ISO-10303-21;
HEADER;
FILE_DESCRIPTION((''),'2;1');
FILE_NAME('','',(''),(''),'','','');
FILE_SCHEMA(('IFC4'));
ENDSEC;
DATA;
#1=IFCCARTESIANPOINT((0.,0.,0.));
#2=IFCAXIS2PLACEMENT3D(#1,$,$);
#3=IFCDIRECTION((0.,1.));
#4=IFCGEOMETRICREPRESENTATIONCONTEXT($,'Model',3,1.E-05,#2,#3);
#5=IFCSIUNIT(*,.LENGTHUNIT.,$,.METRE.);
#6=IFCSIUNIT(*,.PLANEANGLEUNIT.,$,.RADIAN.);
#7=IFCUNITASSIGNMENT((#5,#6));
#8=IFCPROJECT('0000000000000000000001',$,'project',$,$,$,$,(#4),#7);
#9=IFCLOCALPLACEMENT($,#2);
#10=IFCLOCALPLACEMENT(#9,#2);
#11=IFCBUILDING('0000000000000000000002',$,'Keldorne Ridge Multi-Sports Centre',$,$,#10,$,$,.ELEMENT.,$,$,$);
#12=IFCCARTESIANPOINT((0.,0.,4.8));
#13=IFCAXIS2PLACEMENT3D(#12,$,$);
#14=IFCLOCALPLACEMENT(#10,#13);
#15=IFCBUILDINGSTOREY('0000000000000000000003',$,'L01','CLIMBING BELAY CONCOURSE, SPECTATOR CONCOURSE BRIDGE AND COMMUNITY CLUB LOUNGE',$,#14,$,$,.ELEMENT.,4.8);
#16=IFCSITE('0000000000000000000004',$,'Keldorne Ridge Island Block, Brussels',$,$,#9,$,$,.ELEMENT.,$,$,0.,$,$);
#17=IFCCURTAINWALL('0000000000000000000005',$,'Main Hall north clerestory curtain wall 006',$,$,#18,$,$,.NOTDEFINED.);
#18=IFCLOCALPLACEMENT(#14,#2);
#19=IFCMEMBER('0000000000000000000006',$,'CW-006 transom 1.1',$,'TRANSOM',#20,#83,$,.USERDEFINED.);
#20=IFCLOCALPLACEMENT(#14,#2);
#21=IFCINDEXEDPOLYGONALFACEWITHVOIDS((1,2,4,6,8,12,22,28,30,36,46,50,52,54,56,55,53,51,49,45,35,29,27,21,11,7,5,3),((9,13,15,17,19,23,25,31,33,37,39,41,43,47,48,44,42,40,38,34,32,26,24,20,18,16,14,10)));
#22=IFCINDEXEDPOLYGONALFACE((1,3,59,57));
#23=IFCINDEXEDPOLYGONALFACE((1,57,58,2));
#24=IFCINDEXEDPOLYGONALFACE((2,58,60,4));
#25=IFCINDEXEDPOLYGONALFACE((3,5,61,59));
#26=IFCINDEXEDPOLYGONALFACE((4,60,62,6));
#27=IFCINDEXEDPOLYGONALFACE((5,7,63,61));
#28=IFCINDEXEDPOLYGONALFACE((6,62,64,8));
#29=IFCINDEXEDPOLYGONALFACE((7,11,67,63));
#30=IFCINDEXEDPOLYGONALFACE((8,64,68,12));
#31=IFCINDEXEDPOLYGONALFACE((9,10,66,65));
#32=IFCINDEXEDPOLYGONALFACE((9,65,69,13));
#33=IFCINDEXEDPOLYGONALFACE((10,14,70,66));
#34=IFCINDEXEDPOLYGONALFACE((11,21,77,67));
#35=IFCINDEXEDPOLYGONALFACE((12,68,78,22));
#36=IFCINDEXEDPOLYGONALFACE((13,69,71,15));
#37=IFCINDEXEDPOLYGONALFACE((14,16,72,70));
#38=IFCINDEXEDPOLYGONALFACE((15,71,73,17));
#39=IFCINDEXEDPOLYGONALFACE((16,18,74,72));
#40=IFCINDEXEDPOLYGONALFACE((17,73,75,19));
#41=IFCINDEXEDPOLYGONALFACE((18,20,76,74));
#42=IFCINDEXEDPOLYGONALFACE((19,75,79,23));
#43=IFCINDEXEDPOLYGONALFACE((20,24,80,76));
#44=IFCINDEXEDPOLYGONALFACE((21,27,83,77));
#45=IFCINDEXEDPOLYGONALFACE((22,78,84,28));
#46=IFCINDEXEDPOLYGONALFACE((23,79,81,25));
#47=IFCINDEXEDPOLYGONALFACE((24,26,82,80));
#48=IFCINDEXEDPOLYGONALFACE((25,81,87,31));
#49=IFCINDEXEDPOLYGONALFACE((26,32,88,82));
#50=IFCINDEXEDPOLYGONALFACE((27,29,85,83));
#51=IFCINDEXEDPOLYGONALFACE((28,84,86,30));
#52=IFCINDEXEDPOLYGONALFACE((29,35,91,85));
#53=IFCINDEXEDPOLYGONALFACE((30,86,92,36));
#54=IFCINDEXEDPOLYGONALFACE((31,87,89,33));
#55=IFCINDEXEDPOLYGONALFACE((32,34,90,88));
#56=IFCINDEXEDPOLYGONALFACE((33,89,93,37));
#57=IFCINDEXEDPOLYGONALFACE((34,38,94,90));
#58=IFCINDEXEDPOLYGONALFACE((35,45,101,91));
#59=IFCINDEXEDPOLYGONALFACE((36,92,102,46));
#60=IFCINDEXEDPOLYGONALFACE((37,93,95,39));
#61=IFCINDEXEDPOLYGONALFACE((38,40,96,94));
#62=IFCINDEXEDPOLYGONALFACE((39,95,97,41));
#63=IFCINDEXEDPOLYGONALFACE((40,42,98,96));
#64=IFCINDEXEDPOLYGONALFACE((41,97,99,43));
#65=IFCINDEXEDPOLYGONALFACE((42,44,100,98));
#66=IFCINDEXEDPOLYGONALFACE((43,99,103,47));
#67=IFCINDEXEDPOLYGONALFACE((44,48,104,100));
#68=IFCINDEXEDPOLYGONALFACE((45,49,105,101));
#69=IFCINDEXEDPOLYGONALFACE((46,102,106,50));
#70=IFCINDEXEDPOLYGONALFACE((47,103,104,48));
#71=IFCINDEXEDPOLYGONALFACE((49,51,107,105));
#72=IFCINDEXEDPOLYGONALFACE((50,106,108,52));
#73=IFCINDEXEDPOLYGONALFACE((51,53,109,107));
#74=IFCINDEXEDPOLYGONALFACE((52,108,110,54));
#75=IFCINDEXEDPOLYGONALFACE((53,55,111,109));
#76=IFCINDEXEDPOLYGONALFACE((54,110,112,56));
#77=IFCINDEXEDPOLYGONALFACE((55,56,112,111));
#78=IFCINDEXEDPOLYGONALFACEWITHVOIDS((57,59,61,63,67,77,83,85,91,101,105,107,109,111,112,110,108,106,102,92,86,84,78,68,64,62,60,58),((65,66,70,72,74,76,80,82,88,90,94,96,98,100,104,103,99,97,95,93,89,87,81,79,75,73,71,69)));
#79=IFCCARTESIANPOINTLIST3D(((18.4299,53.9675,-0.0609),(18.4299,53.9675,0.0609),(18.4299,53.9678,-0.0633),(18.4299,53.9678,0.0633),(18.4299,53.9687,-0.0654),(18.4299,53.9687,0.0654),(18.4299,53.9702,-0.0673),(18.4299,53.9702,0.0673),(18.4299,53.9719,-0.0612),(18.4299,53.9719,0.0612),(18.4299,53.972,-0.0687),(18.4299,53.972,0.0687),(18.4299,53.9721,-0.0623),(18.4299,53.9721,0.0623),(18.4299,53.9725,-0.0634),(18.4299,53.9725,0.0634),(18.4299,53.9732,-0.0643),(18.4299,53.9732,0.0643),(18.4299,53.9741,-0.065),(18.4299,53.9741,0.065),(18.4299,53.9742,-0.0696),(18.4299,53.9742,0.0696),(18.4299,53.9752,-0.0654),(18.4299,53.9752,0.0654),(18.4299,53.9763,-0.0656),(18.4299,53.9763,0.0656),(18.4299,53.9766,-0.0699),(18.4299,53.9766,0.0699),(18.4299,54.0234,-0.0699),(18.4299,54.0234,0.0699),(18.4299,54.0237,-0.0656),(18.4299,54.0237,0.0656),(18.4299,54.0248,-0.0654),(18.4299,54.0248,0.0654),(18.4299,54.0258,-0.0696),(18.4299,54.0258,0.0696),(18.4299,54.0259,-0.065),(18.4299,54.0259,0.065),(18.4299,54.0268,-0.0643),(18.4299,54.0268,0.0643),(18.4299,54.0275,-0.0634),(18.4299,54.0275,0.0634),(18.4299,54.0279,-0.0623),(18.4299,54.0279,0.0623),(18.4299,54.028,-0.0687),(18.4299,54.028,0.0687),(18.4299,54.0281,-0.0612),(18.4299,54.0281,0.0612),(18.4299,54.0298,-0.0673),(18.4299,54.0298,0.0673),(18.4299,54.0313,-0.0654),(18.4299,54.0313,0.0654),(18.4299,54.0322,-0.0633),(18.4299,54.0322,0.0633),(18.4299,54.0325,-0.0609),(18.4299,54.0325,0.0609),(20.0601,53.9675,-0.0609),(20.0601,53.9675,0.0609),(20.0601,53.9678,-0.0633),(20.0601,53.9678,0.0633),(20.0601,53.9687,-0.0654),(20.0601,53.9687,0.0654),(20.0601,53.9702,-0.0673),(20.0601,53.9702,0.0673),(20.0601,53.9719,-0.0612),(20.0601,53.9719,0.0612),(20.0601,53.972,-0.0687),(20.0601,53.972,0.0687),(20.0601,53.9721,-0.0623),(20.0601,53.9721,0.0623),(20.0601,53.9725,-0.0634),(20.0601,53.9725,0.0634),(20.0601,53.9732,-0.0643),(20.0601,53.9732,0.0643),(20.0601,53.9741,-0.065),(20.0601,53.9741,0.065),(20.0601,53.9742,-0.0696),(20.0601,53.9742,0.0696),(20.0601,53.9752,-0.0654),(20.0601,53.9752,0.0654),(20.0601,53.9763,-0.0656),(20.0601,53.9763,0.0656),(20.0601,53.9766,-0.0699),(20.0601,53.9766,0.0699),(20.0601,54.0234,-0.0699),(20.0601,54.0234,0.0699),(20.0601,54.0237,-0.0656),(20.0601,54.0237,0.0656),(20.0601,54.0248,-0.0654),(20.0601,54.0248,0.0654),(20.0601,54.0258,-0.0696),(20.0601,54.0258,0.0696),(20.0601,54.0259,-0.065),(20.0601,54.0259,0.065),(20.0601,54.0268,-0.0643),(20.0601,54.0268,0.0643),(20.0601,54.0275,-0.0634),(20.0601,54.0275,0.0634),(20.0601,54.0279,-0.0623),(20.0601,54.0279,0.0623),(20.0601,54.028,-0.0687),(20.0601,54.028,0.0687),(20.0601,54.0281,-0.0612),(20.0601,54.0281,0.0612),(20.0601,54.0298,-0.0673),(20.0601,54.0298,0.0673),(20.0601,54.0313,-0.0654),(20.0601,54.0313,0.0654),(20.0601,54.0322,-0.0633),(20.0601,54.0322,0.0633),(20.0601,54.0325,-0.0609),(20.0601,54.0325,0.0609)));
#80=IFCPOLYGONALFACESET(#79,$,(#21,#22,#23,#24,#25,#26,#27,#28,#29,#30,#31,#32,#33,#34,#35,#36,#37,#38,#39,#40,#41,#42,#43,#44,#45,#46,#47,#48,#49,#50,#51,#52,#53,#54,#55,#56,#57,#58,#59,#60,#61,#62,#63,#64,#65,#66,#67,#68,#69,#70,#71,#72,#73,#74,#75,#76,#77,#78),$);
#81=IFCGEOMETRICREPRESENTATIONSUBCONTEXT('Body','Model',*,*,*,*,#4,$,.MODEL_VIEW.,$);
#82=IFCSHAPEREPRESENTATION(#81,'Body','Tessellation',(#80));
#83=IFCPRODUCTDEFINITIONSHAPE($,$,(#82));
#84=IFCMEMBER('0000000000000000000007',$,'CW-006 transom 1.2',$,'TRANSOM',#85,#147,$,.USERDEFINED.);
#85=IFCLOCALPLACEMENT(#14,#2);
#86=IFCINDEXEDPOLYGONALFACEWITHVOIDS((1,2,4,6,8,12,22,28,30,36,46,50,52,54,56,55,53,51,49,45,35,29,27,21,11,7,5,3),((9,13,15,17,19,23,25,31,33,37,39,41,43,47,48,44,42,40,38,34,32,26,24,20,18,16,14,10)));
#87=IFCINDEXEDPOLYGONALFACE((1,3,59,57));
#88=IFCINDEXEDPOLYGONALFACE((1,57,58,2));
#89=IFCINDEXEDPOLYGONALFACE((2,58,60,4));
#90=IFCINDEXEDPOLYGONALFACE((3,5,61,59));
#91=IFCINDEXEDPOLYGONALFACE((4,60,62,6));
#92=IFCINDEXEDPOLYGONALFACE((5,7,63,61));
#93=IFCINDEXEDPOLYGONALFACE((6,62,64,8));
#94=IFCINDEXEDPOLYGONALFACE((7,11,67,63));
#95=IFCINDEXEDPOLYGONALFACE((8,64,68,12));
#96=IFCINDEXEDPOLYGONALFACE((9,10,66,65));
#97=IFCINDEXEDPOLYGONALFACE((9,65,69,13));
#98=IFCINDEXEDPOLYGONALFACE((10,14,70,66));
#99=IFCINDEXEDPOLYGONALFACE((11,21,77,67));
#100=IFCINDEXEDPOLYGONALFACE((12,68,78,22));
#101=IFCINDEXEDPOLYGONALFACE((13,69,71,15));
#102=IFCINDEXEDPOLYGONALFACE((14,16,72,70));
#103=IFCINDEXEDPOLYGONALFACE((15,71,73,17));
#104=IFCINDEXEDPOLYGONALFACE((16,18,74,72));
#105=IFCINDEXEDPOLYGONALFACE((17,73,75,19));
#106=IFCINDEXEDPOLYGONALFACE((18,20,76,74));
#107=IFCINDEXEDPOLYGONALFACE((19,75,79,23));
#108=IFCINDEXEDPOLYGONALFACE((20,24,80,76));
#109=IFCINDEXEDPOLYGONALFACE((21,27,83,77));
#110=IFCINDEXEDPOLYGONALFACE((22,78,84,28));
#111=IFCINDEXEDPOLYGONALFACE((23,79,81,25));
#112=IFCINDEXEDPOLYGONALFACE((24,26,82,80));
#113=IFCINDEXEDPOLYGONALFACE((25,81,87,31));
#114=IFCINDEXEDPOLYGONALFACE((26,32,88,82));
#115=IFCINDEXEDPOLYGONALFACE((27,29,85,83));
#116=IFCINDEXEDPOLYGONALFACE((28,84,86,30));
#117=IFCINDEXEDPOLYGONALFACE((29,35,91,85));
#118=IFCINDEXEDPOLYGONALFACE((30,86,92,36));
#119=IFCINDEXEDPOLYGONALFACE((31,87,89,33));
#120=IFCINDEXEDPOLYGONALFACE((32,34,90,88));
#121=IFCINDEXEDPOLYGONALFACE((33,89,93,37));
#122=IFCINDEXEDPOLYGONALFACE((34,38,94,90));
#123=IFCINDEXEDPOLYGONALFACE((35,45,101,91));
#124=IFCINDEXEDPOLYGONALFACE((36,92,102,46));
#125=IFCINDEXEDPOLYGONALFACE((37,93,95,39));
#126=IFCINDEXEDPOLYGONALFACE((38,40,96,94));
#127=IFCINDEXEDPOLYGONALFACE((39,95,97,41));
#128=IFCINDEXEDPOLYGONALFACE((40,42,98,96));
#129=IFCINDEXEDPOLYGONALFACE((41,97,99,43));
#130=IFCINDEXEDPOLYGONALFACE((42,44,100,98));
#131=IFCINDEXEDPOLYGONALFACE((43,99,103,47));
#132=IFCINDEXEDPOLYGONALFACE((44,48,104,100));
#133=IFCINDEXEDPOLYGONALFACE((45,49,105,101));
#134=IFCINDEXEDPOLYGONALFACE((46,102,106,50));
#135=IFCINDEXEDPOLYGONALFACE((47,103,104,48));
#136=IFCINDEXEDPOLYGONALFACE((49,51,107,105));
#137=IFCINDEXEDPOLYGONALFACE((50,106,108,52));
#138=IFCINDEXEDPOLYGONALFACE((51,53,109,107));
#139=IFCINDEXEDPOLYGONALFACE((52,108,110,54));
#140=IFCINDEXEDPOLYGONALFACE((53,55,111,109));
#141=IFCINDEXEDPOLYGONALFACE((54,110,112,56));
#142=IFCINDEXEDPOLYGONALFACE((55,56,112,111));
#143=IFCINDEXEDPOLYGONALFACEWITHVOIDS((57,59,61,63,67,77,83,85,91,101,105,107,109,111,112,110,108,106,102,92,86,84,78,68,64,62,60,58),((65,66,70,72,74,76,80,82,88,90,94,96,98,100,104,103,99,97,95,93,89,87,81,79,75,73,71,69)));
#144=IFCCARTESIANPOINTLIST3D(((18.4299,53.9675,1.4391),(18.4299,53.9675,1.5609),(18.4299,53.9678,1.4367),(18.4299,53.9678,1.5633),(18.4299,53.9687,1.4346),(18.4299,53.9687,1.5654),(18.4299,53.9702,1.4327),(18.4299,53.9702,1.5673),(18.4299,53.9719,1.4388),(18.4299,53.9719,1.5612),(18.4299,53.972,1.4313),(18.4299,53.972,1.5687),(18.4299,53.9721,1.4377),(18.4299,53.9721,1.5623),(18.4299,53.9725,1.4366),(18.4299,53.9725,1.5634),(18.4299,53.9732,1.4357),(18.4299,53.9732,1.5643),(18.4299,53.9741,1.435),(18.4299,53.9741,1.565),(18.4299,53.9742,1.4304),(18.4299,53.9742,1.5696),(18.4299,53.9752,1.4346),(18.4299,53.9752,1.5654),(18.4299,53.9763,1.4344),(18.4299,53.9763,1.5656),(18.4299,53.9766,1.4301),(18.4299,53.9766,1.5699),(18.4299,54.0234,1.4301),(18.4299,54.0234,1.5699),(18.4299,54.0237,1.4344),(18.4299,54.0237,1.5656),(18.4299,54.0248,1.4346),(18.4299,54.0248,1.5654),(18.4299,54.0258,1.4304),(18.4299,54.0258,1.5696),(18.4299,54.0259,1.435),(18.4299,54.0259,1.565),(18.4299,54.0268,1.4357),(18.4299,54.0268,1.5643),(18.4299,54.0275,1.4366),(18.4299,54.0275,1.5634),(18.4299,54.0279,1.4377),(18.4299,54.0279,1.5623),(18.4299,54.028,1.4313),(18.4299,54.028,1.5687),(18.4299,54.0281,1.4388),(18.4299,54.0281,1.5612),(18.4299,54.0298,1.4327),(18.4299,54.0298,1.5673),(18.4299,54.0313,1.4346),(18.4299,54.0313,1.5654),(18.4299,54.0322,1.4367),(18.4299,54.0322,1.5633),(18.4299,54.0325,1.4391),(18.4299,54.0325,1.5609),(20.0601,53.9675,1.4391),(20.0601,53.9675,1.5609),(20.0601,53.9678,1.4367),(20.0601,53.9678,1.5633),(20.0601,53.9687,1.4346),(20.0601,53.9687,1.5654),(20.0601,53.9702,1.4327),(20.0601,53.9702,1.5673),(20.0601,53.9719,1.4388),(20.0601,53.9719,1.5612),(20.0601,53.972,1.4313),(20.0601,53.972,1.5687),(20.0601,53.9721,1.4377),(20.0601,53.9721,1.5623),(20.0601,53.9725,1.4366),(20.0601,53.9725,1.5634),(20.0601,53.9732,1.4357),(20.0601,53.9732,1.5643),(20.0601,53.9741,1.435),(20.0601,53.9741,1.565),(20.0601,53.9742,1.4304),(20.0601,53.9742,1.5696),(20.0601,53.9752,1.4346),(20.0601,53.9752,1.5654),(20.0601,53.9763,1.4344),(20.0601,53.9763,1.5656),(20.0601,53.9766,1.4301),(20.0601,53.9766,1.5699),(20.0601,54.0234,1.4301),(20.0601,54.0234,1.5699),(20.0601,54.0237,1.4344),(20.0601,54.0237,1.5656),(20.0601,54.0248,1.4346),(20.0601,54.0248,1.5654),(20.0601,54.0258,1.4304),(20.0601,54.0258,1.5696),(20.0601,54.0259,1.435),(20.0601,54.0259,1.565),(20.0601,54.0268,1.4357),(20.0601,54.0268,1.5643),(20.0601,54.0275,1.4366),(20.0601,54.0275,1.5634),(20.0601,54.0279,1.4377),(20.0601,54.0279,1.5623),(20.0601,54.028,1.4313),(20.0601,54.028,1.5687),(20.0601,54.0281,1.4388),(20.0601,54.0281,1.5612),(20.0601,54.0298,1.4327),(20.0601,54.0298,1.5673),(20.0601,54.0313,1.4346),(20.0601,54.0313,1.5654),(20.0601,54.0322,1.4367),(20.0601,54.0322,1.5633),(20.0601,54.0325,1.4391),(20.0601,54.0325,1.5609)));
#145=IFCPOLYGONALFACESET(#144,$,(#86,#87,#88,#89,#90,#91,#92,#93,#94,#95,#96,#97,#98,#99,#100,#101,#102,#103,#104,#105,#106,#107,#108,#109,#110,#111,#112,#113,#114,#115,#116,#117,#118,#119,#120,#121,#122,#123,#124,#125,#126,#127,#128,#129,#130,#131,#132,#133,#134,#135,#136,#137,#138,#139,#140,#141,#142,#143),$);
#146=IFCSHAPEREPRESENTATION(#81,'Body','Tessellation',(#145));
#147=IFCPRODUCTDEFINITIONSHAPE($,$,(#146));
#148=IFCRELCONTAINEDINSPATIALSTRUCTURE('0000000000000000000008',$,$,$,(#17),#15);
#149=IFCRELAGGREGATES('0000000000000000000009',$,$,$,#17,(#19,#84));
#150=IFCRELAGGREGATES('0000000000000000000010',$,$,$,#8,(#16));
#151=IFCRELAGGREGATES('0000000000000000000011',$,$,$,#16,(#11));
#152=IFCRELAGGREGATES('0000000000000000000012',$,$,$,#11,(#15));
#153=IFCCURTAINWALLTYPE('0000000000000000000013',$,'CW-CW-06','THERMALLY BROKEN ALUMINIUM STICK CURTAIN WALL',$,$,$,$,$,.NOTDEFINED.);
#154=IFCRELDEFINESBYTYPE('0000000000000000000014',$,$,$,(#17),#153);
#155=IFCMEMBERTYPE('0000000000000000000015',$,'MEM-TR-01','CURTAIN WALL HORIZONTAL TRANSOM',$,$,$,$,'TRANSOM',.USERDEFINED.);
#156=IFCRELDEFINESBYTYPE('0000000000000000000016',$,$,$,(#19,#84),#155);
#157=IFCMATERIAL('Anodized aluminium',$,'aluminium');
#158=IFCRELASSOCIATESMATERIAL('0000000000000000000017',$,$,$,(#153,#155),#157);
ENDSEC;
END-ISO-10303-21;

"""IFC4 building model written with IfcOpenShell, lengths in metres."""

from ifc_helpers import new_model, si_unit, direction, frame, origin, origin_2d, place, context, subcontext, project, spatial, hollow_rectangle, extrude, material, material_profile, profile_set, type_object, element, aggregate, save


model = new_model("IFC4")

# Units and contexts
model_context = context("Model", 3, precision=1e-05, world=origin(), true_north=direction((0.0, 1.0)))
body_context = subcontext(model_context, "Body", "Model", "MODEL_VIEW")
ifc_project = project(units=[si_unit("LENGTHUNIT", "METRE"), si_unit("PLANEANGLEUNIT", "RADIAN")], contexts=[model_context])

# Site, building, storey
site_placement = place(None, origin())
site = spatial("IfcSite", under=ifc_project, at=site_placement, Name="Keldorne Ridge Island Block, Brussels", CompositionType="ELEMENT", RefElevation=0.0)
building_placement = place(site_placement, origin())
building = spatial("IfcBuilding", under=site, at=building_placement, Name="Keldorne Ridge Multi-Sports Centre", CompositionType="ELEMENT")
storey_placement = place(building_placement, frame((0.0, 0.0, 4.8)))
storey = spatial("IfcBuildingStorey", under=building, at=storey_placement, Name="L01", Description="CLIMBING BELAY CONCOURSE, SPECTATOR CONCOURSE BRIDGE AND COMMUNITY CLUB LOUNGE", CompositionType="ELEMENT", Elevation=4.8)

# Curtain wall
ifc_material_1 = material(Name="Anodized aluminium", Category="aluminium")
curtain_wall_type_1 = type_object("IfcCurtainWallType", Name="CW-CW-06", Description="THERMALLY BROKEN ALUMINIUM STICK CURTAIN WALL", PredefinedType="NOTDEFINED", material=ifc_material_1)
curtain_wall_1_placement = place(storey_placement, origin())
curtain_wall_1 = element("IfcCurtainWall", 1, at=curtain_wall_1_placement, inside=storey, type_object=curtain_wall_type_1, Name="Main Hall north clerestory curtain wall 006", PredefinedType="NOTDEFINED")

# Members
ifc_material_profile_1 = material_profile(ifc_material_1, hollow_rectangle(XDim=0.0649, YDim=0.1399, WallThickness=0.0044, InnerFilletRadius=0.0044, OuterFilletRadius=0.009, at=origin_2d()), Name="ALU TRANSOM 140x65x4.5")
ifc_profile_set_1 = profile_set([ifc_material_profile_1], Name="Anodized aluminium")
member_type_1 = type_object("IfcMemberType", Name="MEM-TR-01", Description="CURTAIN WALL HORIZONTAL TRANSOM", ElementType="TRANSOM", PredefinedType="USERDEFINED", material=ifc_profile_set_1)
member_1_placement = place(storey_placement, frame((20.0601, 54.0, 0.0), z_axis=(-1.0, 0.0, 0.0), x_axis=(0.0, -1.0, 0.0)))
member_1 = element("IfcMember", 2, at=member_1_placement, type_object=member_type_1, Name="CW-006 transom 1.1", ObjectType="TRANSOM", PredefinedType="USERDEFINED", context=body_context, shape_type="SweptSolid", body=[
    extrude(hollow_rectangle(XDim=0.0649, YDim=0.1399, WallThickness=0.0044, InnerFilletRadius=0.0044, OuterFilletRadius=0.009, at=origin_2d()), origin(), (0.0, 0.0, 1.0), 1.6301),
])
member_2_placement = place(storey_placement, frame((20.0601, 54.0, 1.5), z_axis=(-1.0, 0.0, 0.0), x_axis=(0.0, -1.0, 0.0)))
member_2 = element("IfcMember", 3, at=member_2_placement, type_object=member_type_1, Name="CW-006 transom 1.2", ObjectType="TRANSOM", PredefinedType="USERDEFINED", context=body_context, shape_type="SweptSolid", body=[
    extrude(hollow_rectangle(XDim=0.0649, YDim=0.1399, WallThickness=0.0044, InnerFilletRadius=0.0044, OuterFilletRadius=0.009, at=origin_2d()), origin(), (0.0, 0.0, 1.0), 1.6301),
])

aggregate(curtain_wall_1, [member_1, member_2])

save(model, "model.ifc")
